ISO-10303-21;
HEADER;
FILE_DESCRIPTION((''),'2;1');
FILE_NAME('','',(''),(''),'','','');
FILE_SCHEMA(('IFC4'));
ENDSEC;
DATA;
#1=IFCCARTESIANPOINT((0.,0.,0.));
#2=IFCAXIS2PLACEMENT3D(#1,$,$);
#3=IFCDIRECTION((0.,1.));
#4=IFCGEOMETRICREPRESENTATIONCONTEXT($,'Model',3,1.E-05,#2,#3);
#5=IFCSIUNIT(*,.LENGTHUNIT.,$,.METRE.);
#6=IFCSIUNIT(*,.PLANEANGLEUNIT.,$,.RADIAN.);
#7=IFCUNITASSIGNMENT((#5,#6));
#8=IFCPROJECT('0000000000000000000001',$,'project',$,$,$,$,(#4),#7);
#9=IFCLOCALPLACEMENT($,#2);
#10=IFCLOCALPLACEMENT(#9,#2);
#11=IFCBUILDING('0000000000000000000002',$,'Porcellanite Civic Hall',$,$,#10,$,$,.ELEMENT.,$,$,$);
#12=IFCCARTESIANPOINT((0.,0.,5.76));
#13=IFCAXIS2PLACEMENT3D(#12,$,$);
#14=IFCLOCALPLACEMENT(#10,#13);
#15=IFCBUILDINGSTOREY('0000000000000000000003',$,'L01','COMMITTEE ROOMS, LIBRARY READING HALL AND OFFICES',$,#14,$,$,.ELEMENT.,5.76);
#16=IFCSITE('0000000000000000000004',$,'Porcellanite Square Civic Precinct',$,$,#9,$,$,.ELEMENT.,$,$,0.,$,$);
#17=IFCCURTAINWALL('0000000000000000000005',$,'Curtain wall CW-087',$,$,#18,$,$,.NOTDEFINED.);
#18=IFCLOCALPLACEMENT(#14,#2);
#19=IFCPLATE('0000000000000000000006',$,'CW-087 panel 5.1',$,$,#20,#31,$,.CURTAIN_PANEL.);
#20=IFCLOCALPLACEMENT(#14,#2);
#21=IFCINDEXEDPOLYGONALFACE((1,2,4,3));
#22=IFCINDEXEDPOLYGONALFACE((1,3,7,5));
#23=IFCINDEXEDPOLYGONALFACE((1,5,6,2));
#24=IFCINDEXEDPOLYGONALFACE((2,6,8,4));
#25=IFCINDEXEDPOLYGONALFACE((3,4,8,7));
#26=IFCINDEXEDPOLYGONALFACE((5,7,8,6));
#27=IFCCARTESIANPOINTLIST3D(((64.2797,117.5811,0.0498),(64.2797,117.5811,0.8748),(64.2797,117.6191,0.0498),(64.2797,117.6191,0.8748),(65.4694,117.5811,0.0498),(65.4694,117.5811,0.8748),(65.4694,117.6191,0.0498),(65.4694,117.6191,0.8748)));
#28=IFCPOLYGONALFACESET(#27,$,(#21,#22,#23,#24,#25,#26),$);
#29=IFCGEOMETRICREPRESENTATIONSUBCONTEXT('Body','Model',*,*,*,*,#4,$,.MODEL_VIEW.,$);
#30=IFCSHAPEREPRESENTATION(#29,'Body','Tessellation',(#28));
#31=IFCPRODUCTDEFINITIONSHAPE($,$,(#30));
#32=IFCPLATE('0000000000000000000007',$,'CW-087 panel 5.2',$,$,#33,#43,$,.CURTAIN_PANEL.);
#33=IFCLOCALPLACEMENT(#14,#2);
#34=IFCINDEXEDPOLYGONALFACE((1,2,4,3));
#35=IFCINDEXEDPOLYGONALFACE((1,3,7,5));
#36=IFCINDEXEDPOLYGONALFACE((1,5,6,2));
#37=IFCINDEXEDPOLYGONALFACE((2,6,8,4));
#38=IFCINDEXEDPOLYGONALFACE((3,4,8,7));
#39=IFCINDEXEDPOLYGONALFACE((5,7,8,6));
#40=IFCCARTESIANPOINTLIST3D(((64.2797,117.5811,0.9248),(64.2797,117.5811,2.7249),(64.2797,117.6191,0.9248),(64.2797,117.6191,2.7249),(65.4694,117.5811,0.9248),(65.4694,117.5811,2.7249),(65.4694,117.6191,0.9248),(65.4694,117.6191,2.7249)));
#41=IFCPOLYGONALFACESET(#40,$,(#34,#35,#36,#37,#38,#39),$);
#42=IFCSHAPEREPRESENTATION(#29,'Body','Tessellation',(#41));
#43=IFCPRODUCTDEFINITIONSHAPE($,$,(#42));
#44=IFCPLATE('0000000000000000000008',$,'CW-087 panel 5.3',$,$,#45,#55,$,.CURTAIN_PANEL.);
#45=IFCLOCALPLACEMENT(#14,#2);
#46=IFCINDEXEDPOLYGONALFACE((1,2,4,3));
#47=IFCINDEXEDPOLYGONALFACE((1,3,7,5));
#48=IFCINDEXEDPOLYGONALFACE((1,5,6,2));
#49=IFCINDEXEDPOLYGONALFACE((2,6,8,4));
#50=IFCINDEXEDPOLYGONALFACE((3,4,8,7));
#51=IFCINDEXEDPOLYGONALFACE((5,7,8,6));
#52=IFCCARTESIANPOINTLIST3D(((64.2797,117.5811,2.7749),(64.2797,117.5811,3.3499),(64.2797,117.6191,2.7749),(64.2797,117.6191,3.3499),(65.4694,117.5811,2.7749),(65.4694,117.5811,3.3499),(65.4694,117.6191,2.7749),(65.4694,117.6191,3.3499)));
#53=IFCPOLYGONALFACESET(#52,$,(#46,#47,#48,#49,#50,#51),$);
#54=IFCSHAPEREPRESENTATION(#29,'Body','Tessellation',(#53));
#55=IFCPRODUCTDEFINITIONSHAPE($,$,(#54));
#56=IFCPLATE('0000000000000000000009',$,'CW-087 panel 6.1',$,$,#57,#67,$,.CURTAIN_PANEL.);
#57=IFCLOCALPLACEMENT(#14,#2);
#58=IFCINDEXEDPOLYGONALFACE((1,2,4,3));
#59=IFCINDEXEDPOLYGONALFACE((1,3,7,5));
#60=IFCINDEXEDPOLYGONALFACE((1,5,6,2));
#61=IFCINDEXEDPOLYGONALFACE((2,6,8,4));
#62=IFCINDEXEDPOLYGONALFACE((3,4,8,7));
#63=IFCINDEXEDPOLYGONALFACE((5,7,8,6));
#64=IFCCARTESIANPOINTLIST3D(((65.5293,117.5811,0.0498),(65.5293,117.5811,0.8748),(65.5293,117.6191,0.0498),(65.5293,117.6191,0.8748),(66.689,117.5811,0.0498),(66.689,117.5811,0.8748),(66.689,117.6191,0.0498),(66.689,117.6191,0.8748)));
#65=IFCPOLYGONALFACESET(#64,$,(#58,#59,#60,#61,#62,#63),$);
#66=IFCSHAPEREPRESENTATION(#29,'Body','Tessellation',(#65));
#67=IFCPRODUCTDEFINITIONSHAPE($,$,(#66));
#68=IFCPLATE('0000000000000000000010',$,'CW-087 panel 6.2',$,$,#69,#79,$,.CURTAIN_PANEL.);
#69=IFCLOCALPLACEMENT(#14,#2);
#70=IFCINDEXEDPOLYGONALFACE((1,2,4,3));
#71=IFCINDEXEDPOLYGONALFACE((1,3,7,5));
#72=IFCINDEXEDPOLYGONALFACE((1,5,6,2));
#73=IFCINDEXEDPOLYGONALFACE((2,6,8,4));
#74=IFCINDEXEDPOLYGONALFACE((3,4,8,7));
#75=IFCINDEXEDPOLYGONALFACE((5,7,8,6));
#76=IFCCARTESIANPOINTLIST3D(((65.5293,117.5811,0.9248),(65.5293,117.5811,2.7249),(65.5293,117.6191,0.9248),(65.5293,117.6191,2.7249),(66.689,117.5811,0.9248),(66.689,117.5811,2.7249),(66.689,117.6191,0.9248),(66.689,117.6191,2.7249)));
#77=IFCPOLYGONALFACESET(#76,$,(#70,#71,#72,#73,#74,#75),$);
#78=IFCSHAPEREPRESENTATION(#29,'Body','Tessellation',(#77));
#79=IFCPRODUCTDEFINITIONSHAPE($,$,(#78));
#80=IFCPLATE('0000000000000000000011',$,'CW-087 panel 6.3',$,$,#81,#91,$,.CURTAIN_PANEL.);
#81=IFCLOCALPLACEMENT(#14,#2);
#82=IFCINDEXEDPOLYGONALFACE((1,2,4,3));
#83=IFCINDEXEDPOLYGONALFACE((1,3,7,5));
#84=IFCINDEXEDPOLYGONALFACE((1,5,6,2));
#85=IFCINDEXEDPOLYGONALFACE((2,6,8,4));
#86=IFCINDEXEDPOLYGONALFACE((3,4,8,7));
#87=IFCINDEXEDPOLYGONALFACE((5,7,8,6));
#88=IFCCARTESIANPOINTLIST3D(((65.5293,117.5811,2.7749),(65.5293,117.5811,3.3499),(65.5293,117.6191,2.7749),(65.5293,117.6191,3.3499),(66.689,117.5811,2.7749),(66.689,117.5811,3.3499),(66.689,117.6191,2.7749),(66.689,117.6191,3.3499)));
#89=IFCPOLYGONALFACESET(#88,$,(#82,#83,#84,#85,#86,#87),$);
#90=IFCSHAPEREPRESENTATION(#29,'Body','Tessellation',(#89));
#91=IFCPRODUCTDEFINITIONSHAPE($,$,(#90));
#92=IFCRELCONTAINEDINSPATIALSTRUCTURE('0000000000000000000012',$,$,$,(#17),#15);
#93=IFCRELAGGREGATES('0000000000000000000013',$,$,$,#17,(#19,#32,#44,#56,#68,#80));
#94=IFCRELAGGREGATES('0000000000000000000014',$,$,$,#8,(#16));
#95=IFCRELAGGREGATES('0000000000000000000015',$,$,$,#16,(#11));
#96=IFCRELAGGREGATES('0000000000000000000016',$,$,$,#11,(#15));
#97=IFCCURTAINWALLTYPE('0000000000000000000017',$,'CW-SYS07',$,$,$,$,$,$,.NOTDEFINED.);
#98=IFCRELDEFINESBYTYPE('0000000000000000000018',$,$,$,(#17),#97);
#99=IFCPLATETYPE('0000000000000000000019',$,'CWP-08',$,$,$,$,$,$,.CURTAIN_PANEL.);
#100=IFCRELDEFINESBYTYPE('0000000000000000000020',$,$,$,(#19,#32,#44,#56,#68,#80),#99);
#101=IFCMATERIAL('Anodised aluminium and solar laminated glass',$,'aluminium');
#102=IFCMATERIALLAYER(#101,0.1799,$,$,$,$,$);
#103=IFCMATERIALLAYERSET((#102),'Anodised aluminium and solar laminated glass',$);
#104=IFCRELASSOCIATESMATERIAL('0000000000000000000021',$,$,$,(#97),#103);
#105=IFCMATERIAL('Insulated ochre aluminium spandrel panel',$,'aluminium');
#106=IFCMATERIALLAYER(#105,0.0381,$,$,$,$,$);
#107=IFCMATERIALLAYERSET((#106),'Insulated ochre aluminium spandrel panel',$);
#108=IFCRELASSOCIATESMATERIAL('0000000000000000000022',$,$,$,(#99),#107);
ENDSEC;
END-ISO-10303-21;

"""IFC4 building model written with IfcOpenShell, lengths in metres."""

from ifc_helpers import new_model, si_unit, direction, frame, origin, origin_2d, place, context, subcontext, project, spatial, rectangle, extrude, material, layer, layer_set, type_object, element, aggregate, save


model = new_model("IFC4")

# Units and contexts
model_context = context("Model", 3, precision=1e-05, world=origin(), true_north=direction((0.0, 1.0)))
body_context = subcontext(model_context, "Body", "Model", "MODEL_VIEW")
ifc_project = project(units=[si_unit("LENGTHUNIT", "METRE"), si_unit("PLANEANGLEUNIT", "RADIAN")], contexts=[model_context])

# Site, building, storey
site_placement = place(None, origin())
site = spatial("IfcSite", under=ifc_project, at=site_placement, Name="Porcellanite Square Civic Precinct", CompositionType="ELEMENT", RefElevation=0.0)
building_placement = place(site_placement, origin())
building = spatial("IfcBuilding", under=site, at=building_placement, Name="Porcellanite Civic Hall", CompositionType="ELEMENT")
storey_placement = place(building_placement, frame((0.0, 0.0, 5.76)))
storey = spatial("IfcBuildingStorey", under=building, at=storey_placement, Name="L01", Description="COMMITTEE ROOMS, LIBRARY READING HALL AND OFFICES", CompositionType="ELEMENT", Elevation=5.76)

# Curtain wall, plates
ifc_material_1 = material(Name="Anodised aluminium and solar laminated glass", Category="aluminium")
ifc_layer_1 = layer(ifc_material_1, 0.1799)
ifc_layer_set_1 = layer_set([ifc_layer_1], Name="Anodised aluminium and solar laminated glass")
curtain_wall_type = type_object("IfcCurtainWallType", Name="CW-SYS07", PredefinedType="NOTDEFINED", material=ifc_layer_set_1)
curtain_wall_placement = place(storey_placement, origin())
curtain_wall = element("IfcCurtainWall", 1, at=curtain_wall_placement, inside=storey, type_object=curtain_wall_type, Name="Curtain wall CW-087", PredefinedType="NOTDEFINED")
ifc_material_2 = material(Name="Insulated ochre aluminium spandrel panel", Category="aluminium")
ifc_layer_2 = layer(ifc_material_2, 0.0381)
ifc_layer_set_2 = layer_set([ifc_layer_2], Name="Insulated ochre aluminium spandrel panel")
plate_type = type_object("IfcPlateType", Name="CWP-08", PredefinedType="CURTAIN_PANEL", material=ifc_layer_set_2)
plate_1_placement = place(storey_placement, frame((64.8745, 117.6001, 0.0498), z_axis=(0.0, 0.0, 1.0), x_axis=(1.0, 0.0, 0.0)))
plate_1 = element("IfcPlate", 2, at=plate_1_placement, type_object=plate_type, Name="CW-087 panel 5.1", PredefinedType="CURTAIN_PANEL", context=body_context, shape_type="SweptSolid", body=[
    extrude(rectangle(XDim=1.1897, YDim=0.0381, at=origin_2d()), origin(), (0.0, 0.0, 1.0), 0.825),
])
plate_2_placement = place(storey_placement, frame((64.8745, 117.6001, 0.9248), z_axis=(0.0, 0.0, 1.0), x_axis=(1.0, 0.0, 0.0)))
plate_2 = element("IfcPlate", 3, at=plate_2_placement, type_object=plate_type, Name="CW-087 panel 5.2", PredefinedType="CURTAIN_PANEL", context=body_context, shape_type="SweptSolid", body=[
    extrude(rectangle(XDim=1.1897, YDim=0.0381, at=origin_2d()), origin(), (0.0, 0.0, 1.0), 1.8),
])
plate_3_placement = place(storey_placement, frame((64.8745, 117.6001, 2.7749), z_axis=(0.0, 0.0, 1.0), x_axis=(1.0, 0.0, 0.0)))
plate_3 = element("IfcPlate", 4, at=plate_3_placement, type_object=plate_type, Name="CW-087 panel 5.3", PredefinedType="CURTAIN_PANEL", context=body_context, shape_type="SweptSolid", body=[
    extrude(rectangle(XDim=1.1897, YDim=0.0381, at=origin_2d()), origin(), (0.0, 0.0, 1.0), 0.575),
])
plate_4_placement = place(storey_placement, frame((66.1091, 117.6001, 0.0498), z_axis=(0.0, 0.0, 1.0), x_axis=(1.0, 0.0, 0.0)))
plate_4 = element("IfcPlate", 5, at=plate_4_placement, type_object=plate_type, Name="CW-087 panel 6.1", PredefinedType="CURTAIN_PANEL", context=body_context, shape_type="SweptSolid", body=[
    extrude(rectangle(XDim=1.1597, YDim=0.0381, at=origin_2d()), origin(), (0.0, 0.0, 1.0), 0.825),
])
plate_5_placement = place(storey_placement, frame((66.1091, 117.6001, 0.9248), z_axis=(0.0, 0.0, 1.0), x_axis=(1.0, 0.0, 0.0)))
plate_5 = element("IfcPlate", 6, at=plate_5_placement, type_object=plate_type, Name="CW-087 panel 6.2", PredefinedType="CURTAIN_PANEL", context=body_context, shape_type="SweptSolid", body=[
    extrude(rectangle(XDim=1.1597, YDim=0.0381, at=origin_2d()), origin(), (0.0, 0.0, 1.0), 1.8),
])
plate_6_placement = place(storey_placement, frame((66.1091, 117.6001, 2.7749), z_axis=(0.0, 0.0, 1.0), x_axis=(1.0, 0.0, 0.0)))
plate_6 = element("IfcPlate", 7, at=plate_6_placement, type_object=plate_type, Name="CW-087 panel 6.3", PredefinedType="CURTAIN_PANEL", context=body_context, shape_type="SweptSolid", body=[
    extrude(rectangle(XDim=1.1597, YDim=0.0381, at=origin_2d()), origin(), (0.0, 0.0, 1.0), 0.575),
])
aggregate(curtain_wall, [plate_1, plate_2, plate_3, plate_4, plate_5, plate_6])

save(model, "model.ifc")
